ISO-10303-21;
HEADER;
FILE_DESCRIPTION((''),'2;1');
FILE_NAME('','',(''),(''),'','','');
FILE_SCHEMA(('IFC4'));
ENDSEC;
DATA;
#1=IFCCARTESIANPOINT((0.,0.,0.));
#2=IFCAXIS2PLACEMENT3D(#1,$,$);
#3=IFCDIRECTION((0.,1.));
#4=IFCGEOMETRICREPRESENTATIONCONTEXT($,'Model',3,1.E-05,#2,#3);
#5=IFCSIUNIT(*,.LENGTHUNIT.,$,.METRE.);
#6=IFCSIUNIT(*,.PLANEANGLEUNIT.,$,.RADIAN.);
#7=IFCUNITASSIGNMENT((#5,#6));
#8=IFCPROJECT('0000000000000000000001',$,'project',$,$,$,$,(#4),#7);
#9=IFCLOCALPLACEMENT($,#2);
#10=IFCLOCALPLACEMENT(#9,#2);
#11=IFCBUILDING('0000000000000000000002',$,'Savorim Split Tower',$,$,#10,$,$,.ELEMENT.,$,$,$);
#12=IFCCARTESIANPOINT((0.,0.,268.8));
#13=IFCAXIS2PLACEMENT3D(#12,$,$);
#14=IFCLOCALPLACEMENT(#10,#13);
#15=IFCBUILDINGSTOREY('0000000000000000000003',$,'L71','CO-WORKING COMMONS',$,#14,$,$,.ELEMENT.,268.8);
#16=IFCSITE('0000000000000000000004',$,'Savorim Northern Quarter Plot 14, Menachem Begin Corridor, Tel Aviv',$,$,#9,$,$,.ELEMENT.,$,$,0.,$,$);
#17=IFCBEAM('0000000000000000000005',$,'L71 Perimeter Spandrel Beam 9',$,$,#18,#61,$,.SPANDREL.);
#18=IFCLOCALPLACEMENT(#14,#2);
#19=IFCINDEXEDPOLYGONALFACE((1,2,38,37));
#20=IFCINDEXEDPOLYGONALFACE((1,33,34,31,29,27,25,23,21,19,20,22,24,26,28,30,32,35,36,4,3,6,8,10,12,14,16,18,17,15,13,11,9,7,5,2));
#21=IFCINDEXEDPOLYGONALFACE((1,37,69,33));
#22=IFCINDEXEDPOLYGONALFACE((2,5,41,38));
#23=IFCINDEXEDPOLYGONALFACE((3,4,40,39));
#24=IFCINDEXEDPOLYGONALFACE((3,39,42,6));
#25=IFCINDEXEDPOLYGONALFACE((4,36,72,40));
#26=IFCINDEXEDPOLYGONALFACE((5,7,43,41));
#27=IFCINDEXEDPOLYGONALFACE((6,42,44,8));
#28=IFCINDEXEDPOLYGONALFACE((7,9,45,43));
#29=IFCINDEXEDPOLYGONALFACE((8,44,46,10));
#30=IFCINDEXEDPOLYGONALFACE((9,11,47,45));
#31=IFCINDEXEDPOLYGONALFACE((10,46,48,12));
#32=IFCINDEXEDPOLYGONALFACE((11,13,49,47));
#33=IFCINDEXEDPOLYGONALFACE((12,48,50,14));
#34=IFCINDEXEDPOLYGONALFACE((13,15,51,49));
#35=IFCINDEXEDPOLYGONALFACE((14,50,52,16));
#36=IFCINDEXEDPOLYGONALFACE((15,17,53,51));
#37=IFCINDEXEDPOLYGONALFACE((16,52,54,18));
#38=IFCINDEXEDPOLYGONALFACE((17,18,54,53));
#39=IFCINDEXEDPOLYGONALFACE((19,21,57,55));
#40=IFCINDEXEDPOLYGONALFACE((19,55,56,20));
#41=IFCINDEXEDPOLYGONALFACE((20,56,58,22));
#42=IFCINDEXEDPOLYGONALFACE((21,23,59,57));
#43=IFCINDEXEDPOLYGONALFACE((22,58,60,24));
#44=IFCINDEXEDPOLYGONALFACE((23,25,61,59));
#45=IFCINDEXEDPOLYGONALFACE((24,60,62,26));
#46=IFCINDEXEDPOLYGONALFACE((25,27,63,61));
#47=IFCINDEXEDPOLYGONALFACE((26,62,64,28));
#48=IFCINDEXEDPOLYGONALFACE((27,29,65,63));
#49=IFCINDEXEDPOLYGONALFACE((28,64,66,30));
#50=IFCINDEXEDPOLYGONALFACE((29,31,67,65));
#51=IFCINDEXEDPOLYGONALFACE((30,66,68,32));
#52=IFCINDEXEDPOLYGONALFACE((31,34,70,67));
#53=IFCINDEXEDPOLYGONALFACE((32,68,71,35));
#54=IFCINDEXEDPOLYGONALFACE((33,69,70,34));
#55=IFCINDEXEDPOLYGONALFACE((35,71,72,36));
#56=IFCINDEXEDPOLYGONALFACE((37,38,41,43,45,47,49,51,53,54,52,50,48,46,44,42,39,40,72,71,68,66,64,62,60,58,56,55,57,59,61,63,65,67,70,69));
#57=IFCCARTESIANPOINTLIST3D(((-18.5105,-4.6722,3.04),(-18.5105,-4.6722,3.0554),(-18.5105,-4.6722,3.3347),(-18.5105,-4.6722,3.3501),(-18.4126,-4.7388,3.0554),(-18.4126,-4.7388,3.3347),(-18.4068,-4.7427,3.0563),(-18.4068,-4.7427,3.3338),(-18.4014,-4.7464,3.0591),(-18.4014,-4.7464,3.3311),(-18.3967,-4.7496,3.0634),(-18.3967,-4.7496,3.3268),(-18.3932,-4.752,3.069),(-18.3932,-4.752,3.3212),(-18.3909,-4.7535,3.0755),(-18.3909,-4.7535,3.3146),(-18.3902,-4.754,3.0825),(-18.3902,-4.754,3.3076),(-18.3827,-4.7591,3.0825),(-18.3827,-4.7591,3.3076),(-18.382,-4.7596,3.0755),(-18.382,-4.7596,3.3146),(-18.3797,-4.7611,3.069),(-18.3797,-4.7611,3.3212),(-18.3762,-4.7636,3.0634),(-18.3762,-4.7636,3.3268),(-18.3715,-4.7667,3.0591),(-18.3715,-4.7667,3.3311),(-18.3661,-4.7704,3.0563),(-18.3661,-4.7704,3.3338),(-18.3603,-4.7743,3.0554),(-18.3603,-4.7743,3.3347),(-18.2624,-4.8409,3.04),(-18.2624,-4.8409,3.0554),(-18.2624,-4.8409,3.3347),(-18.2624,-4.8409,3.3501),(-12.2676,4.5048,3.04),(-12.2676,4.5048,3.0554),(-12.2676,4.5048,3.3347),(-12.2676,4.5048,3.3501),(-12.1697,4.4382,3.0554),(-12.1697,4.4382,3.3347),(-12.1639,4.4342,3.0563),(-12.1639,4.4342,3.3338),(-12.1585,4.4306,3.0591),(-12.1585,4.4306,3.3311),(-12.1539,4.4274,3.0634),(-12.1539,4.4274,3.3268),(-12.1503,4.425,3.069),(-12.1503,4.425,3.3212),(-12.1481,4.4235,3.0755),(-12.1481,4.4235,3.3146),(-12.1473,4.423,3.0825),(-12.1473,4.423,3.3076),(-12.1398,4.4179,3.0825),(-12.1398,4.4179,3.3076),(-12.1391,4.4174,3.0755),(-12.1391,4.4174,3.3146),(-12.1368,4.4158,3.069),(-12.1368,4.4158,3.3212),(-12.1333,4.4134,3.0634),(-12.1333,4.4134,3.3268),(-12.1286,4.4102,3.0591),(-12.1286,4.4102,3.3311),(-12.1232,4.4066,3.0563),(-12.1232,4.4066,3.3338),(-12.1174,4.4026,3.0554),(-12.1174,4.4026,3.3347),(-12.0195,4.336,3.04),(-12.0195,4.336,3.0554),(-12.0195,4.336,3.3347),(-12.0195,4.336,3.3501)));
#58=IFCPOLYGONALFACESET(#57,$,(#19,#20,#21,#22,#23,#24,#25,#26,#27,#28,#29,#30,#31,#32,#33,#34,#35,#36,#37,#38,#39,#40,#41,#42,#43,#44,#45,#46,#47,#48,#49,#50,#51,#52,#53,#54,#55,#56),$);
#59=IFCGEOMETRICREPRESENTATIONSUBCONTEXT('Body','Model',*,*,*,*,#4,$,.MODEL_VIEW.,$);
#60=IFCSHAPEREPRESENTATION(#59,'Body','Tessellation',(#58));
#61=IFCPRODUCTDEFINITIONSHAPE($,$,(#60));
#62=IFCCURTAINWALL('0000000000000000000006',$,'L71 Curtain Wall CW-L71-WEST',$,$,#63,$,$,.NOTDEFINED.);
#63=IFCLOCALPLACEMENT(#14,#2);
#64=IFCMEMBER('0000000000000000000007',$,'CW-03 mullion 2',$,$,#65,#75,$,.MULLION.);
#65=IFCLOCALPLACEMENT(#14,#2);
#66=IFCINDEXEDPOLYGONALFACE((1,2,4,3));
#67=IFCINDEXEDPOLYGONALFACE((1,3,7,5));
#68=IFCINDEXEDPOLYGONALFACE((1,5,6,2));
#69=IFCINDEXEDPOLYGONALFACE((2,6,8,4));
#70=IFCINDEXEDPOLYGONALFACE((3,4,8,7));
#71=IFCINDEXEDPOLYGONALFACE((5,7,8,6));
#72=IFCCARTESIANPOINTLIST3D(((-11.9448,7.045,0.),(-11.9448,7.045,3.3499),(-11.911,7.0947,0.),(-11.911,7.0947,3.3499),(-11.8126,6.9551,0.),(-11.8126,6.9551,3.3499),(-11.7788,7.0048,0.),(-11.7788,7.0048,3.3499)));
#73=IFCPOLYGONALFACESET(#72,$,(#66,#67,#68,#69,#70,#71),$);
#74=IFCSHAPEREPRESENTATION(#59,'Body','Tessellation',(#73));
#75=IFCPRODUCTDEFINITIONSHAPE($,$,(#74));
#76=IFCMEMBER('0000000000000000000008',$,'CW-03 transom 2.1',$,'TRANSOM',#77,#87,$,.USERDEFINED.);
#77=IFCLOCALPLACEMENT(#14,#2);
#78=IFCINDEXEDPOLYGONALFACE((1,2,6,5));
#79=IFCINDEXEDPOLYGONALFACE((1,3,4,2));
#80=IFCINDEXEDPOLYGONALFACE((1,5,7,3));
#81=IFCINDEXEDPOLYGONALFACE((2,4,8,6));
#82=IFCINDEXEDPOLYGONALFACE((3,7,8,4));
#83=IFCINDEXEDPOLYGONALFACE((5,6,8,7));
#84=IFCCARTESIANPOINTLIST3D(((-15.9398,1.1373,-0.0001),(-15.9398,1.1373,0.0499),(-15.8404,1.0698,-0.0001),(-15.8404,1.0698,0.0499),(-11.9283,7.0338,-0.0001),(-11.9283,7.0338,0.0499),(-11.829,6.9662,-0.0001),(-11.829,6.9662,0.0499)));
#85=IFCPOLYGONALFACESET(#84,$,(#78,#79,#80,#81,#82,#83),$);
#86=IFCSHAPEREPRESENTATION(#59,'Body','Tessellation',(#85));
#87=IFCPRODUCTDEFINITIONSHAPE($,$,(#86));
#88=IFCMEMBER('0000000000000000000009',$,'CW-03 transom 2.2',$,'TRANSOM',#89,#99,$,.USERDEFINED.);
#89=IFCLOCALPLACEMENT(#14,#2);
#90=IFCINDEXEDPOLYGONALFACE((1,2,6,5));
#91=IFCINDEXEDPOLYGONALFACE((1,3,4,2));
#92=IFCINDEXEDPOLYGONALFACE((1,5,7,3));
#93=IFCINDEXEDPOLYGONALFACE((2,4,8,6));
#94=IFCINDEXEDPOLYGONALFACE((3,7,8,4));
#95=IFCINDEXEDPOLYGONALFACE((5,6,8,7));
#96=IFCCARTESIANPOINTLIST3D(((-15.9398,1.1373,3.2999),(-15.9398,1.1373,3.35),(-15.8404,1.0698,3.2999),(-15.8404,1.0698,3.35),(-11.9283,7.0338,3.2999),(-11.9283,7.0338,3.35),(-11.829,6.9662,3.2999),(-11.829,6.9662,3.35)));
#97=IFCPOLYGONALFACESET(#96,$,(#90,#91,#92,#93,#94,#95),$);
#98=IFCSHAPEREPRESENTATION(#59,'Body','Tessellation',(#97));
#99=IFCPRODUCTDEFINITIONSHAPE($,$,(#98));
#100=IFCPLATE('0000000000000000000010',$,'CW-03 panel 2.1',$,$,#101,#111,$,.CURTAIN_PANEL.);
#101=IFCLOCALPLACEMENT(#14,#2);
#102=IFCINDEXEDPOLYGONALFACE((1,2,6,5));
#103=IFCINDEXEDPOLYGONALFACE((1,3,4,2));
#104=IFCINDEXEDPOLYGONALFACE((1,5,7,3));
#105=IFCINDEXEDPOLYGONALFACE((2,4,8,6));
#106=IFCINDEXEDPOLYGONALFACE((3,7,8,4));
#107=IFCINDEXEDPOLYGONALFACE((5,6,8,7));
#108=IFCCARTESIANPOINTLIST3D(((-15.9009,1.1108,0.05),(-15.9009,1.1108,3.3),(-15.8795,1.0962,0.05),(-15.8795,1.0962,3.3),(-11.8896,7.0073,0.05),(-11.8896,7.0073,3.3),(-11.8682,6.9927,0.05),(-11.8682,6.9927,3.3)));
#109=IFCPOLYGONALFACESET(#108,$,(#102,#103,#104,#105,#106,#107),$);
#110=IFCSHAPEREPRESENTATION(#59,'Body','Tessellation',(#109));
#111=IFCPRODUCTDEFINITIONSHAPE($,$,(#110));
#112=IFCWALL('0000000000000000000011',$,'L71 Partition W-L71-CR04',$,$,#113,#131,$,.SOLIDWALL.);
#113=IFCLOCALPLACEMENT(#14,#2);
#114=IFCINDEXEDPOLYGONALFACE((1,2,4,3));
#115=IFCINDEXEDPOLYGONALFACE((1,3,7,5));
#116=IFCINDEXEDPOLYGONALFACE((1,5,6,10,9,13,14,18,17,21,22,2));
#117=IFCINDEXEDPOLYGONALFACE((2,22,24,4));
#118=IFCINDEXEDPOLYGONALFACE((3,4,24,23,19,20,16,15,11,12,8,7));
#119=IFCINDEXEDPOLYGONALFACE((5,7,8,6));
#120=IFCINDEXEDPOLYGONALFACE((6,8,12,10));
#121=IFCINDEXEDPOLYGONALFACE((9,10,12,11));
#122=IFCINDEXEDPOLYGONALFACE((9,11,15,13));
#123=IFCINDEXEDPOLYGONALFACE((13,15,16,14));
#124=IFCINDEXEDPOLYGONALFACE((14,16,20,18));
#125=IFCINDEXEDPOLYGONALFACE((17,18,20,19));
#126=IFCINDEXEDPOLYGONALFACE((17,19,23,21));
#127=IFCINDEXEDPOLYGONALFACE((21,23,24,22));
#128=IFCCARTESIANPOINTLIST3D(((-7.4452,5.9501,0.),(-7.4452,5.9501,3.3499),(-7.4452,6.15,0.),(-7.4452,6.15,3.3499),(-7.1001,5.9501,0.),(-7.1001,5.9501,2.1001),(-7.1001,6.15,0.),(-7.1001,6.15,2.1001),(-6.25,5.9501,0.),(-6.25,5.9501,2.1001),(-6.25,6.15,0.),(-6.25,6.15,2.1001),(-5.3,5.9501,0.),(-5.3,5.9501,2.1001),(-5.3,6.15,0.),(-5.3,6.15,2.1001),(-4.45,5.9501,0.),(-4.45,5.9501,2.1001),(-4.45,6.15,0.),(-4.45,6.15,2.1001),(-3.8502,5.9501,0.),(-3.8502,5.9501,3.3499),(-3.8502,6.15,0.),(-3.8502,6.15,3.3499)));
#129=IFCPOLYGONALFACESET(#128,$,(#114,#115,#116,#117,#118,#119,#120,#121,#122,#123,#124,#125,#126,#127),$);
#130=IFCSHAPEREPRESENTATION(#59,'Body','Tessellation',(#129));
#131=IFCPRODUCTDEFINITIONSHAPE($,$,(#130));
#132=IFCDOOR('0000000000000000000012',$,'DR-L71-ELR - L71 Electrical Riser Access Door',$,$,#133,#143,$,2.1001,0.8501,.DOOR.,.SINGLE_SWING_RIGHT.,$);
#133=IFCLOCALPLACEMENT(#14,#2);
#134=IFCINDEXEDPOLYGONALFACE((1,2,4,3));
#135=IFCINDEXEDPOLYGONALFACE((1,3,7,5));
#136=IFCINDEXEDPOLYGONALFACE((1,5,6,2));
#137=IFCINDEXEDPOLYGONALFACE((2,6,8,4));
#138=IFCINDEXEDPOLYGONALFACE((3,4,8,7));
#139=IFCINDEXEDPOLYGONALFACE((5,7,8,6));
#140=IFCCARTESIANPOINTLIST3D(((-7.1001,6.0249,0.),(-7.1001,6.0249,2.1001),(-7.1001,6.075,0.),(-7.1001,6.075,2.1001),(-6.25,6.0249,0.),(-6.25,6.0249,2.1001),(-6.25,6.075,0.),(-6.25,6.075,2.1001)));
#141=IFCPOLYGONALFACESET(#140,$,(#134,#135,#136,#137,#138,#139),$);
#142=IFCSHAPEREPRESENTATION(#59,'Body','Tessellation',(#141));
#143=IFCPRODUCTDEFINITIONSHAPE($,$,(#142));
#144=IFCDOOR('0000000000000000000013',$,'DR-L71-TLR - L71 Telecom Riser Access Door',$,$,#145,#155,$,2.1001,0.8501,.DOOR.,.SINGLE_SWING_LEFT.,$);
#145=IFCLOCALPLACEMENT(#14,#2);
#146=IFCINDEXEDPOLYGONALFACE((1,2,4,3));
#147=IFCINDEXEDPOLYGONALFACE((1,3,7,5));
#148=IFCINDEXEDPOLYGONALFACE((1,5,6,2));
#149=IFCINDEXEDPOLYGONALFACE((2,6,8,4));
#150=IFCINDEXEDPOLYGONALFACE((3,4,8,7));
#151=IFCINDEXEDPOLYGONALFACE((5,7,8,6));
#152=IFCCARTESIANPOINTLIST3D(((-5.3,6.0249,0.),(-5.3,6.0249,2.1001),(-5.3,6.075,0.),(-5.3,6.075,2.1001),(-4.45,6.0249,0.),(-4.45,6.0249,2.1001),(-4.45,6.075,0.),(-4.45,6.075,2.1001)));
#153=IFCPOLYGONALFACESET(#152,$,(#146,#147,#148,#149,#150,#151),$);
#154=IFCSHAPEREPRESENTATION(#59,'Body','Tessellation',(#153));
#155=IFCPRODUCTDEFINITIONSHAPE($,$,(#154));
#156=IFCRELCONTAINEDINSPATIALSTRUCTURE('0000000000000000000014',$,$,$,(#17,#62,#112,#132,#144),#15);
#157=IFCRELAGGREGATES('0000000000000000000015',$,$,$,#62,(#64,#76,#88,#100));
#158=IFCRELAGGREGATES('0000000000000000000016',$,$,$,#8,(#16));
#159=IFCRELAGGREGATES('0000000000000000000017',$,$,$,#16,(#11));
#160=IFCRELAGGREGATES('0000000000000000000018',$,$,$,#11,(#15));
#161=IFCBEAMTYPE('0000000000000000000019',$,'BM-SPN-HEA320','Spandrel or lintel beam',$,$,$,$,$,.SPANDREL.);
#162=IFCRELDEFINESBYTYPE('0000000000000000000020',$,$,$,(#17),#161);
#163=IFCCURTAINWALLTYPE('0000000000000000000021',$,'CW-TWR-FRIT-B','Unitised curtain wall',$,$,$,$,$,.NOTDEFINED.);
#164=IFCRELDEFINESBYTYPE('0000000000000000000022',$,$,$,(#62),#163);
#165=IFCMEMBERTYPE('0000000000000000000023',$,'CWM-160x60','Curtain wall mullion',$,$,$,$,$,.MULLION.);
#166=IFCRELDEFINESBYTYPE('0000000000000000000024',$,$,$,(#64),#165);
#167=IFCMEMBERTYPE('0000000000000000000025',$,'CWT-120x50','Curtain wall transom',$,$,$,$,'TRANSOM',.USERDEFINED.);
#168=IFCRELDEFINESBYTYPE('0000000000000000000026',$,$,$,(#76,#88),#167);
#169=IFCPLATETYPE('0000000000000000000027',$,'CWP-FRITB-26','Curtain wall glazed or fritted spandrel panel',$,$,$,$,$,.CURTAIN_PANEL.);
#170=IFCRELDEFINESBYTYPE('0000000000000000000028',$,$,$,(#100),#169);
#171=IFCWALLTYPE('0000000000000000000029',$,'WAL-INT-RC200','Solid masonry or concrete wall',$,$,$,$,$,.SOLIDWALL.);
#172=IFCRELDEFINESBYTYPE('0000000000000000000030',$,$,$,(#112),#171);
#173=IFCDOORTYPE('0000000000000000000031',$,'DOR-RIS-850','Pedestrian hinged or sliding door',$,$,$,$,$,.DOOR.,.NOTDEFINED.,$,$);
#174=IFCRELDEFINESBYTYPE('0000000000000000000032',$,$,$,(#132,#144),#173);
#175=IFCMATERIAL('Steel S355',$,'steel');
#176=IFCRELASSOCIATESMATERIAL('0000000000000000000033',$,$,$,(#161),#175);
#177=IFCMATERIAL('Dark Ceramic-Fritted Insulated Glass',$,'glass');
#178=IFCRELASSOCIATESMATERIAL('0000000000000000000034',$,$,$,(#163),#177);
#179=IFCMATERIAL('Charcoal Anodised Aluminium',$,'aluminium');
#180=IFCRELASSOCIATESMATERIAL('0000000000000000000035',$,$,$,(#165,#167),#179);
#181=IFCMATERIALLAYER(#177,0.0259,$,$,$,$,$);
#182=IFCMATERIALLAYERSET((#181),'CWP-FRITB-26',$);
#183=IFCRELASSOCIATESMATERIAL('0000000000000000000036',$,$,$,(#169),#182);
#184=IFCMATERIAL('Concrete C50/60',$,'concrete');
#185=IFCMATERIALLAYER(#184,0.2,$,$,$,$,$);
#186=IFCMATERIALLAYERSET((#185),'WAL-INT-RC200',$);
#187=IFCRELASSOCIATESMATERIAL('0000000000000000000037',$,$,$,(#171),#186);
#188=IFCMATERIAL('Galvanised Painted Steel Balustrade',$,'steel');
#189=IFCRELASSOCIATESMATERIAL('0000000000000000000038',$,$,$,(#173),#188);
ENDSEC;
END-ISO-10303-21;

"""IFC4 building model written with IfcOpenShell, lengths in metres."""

from ifc_helpers import new_model, si_unit, direction, frame, frame_2d, origin, origin_2d, place, context, subcontext, project, spatial, rectangle, i_section, extrude, material, layer, layer_set, material_profile, profile_set, type_object, element, fill, aggregate, save


model = new_model("IFC4")

# Units and contexts
model_context = context("Model", 3, precision=1e-05, world=origin(), true_north=direction((0.0, 1.0)))
body_context = subcontext(model_context, "Body", "Model", "MODEL_VIEW")
ifc_project = project(units=[si_unit("LENGTHUNIT", "METRE"), si_unit("PLANEANGLEUNIT", "RADIAN")], contexts=[model_context])

# Site, building, storey
site_placement = place(None, origin())
site = spatial("IfcSite", under=ifc_project, at=site_placement, Name="Savorim Northern Quarter Plot 14, Menachem Begin Corridor, Tel Aviv", CompositionType="ELEMENT", RefElevation=0.0)
building_placement = place(site_placement, origin())
building = spatial("IfcBuilding", under=site, at=building_placement, Name="Savorim Split Tower", CompositionType="ELEMENT")
storey_placement = place(building_placement, frame((0.0, 0.0, 268.8)))
storey = spatial("IfcBuildingStorey", under=building, at=storey_placement, Name="L71", Description="CO-WORKING COMMONS", CompositionType="ELEMENT", Elevation=268.8)

# Shared definitions
ifc_material_1 = material(Name="Steel S355", Category="steel")

# Beam
ifc_material_profile_1 = material_profile(ifc_material_1, i_section(OverallWidth=0.3, OverallDepth=0.3101, WebThickness=0.009, FlangeThickness=0.0154, FilletRadius=0.0271, at=origin_2d()), Name="HEA 320")
ifc_profile_set_1 = profile_set([ifc_material_profile_1], Name="Steel S355")
beam_type_1 = type_object("IfcBeamType", Name="BM-SPN-HEA320", Description="Spandrel or lintel beam", PredefinedType="SPANDREL", material=ifc_profile_set_1)
beam_1_placement = place(storey_placement, frame((-12.1436, 4.4204, 3.1951), z_axis=(-0.562468, -0.826819, 0.0), x_axis=(0.826819, -0.562468, 0.0)))
element("IfcBeam", 1, at=beam_1_placement, inside=storey, type_object=beam_type_1, Name="L71 Perimeter Spandrel Beam 9", PredefinedType="SPANDREL", context=body_context, shape_type="SweptSolid", body=[
    extrude(i_section(OverallWidth=0.3, OverallDepth=0.3101, WebThickness=0.009, FlangeThickness=0.0154, FilletRadius=0.0271, at=origin_2d()), origin(), (0.0, 0.0, 1.0), 11.0991),
])

# Curtain wall, members, plate
ifc_material_2 = material(Name="Dark Ceramic-Fritted Insulated Glass", Category="glass")
curtain_wall_type = type_object("IfcCurtainWallType", Name="CW-TWR-FRIT-B", Description="Unitised curtain wall", PredefinedType="NOTDEFINED", material=ifc_material_2)
curtain_wall_placement = place(storey_placement, origin())
curtain_wall = element("IfcCurtainWall", 2, at=curtain_wall_placement, inside=storey, type_object=curtain_wall_type, Name="L71 Curtain Wall CW-L71-WEST", PredefinedType="NOTDEFINED")
ifc_material_3 = material(Name="Charcoal Anodised Aluminium", Category="aluminium")
ifc_material_profile_2 = material_profile(ifc_material_3, rectangle(XDim=0.1599, YDim=0.0601, at=origin_2d()), Name="ALU-M 160x60")
ifc_profile_set_2 = profile_set([ifc_material_profile_2], Name="Charcoal Anodised Aluminium")
member_type_1 = type_object("IfcMemberType", Name="CWM-160x60", Description="Curtain wall mullion", PredefinedType="MULLION", material=ifc_profile_set_2)
member_1_placement = place(storey_placement, frame((-11.8618, 7.0249, 0.0), z_axis=(0.0, 0.0, 1.0), x_axis=(0.826817, -0.56247, 0.0)))
member_1 = element("IfcMember", 3, at=member_1_placement, type_object=member_type_1, Name="CW-03 mullion 2", PredefinedType="MULLION", context=body_context, shape_type="SweptSolid", body=[
    extrude(rectangle(XDim=0.1599, YDim=0.0601, at=origin_2d()), origin(), (0.0, 0.0, 1.0), 3.3499),
])
ifc_material_profile_3 = material_profile(ifc_material_3, rectangle(XDim=0.1201, YDim=0.05, at=origin_2d()), Name="ALU-T 120x50")
ifc_profile_set_3 = profile_set([ifc_material_profile_3], Name="Charcoal Anodised Aluminium")
member_type_2 = type_object("IfcMemberType", Name="CWT-120x50", Description="Curtain wall transom", ElementType="TRANSOM", PredefinedType="USERDEFINED", material=ifc_profile_set_3)
member_2_placement = place(storey_placement, frame((-11.8787, 7.0, 0.0249), z_axis=(-0.562489, -0.826805, 0.0), x_axis=(0.826805, -0.562489, 0.0)))
member_2 = element("IfcMember", 4, at=member_2_placement, type_object=member_type_2, Name="CW-03 transom 2.1", ObjectType="TRANSOM", PredefinedType="USERDEFINED", context=body_context, shape_type="SweptSolid", body=[
    extrude(rectangle(XDim=0.1201, YDim=0.05, at=origin_2d()), origin(), (0.0, 0.0, 1.0), 7.1316),
])
member_3_placement = place(storey_placement, frame((-11.8787, 7.0, 3.325), z_axis=(-0.562489, -0.826805, 0.0), x_axis=(0.826805, -0.562489, 0.0)))
member_3 = element("IfcMember", 5, at=member_3_placement, type_object=member_type_2, Name="CW-03 transom 2.2", ObjectType="TRANSOM", PredefinedType="USERDEFINED", context=body_context, shape_type="SweptSolid", body=[
    extrude(rectangle(XDim=0.1201, YDim=0.05, at=origin_2d()), origin(), (0.0, 0.0, 1.0), 7.1316),
])
ifc_layer_1 = layer(ifc_material_2, 0.0259)
ifc_layer_set_1 = layer_set([ifc_layer_1], Name="CWP-FRITB-26")
plate_type = type_object("IfcPlateType", Name="CWP-FRITB-26", Description="Curtain wall glazed or fritted spandrel panel", PredefinedType="CURTAIN_PANEL", material=ifc_layer_set_1)
plate_placement = place(storey_placement, frame((-13.8845, 4.0518, 0.05), z_axis=(0.0, 0.0, 1.0), x_axis=(-0.56247, -0.826817, 0.0)))
plate = element("IfcPlate", 6, at=plate_placement, type_object=plate_type, Name="CW-03 panel 2.1", PredefinedType="CURTAIN_PANEL", context=body_context, shape_type="SweptSolid", body=[
    extrude(rectangle(XDim=7.1316, YDim=0.0259, at=origin_2d()), origin(), (0.0, 0.0, 1.0), 3.25),
])
aggregate(curtain_wall, [member_1, member_2, member_3, plate])

# Wall, openings, doors
ifc_material_4 = material(Name="Concrete C50/60", Category="concrete")
ifc_layer_2 = layer(ifc_material_4, 0.2)
ifc_layer_set_2 = layer_set([ifc_layer_2], Name="WAL-INT-RC200")
wall_type_1 = type_object("IfcWallType", Name="WAL-INT-RC200", Description="Solid masonry or concrete wall", PredefinedType="SOLIDWALL", material=ifc_layer_set_2)
wall_1_placement = place(storey_placement, frame((-7.4451, 6.05, 0.0), z_axis=(0.0, 0.0, 1.0), x_axis=(1.0, 0.0, 0.0)))
wall_1 = element("IfcWall", 7, at=wall_1_placement, inside=storey, type_object=wall_type_1, Name="L71 Partition W-L71-CR04", PredefinedType="SOLIDWALL", context=body_context, shape_type="SweptSolid", body=[
    extrude(rectangle(XDim=3.595, YDim=0.2, at=frame_2d((1.7974, 0.0))), origin(), (0.0, 0.0, 1.0), 3.3499),
])
opening_1_placement = place(wall_1_placement, frame((0.345, 0.0, 0.0)))
opening_1 = element("IfcOpeningElement", 8, at=opening_1_placement, cuts=wall_1, PredefinedType="OPENING", context=body_context, shape_type="SweptSolid", body=[
    extrude(rectangle(XDim=0.8501, YDim=2.1001, at=frame_2d((0.425, 1.05))), frame((0.0, 0.1099, 0.0), z_axis=(0.0, -1.0, 0.0), x_axis=(1.0, 0.0, 0.0)), (0.0, 0.0, 1.0), 0.22),
])
opening_2_placement = place(wall_1_placement, frame((2.145, 0.0, 0.0)))
opening_2 = element("IfcOpeningElement", 9, at=opening_2_placement, cuts=wall_1, PredefinedType="OPENING", context=body_context, shape_type="SweptSolid", body=[
    extrude(rectangle(XDim=0.8501, YDim=2.1001, at=frame_2d((0.425, 1.05))), frame((0.0, 0.1099, 0.0), z_axis=(0.0, -1.0, 0.0), x_axis=(1.0, 0.0, 0.0)), (0.0, 0.0, 1.0), 0.22),
])
ifc_material_5 = material(Name="Galvanised Painted Steel Balustrade", Category="steel")
door_type_1 = type_object("IfcDoorType", Name="DOR-RIS-850", Description="Pedestrian hinged or sliding door", OperationType="NOTDEFINED", PredefinedType="DOOR", material=ifc_material_5)
door_1_placement = place(opening_1_placement, origin())
door_1 = element("IfcDoor", 10, at=door_1_placement, inside=storey, type_object=door_type_1, Name="DR-L71-ELR - L71 Electrical Riser Access Door", OperationType="SINGLE_SWING_RIGHT", OverallHeight=2.1001, OverallWidth=0.8501, PredefinedType="DOOR", context=body_context, shape_type="SweptSolid", body=[
    extrude(rectangle(XDim=0.8501, YDim=2.1001, at=frame_2d((0.425, 1.05))), frame((0.0, 0.0249, 0.0), z_axis=(0.0, -1.0, 0.0), x_axis=(1.0, 0.0, 0.0)), (0.0, 0.0, 1.0), 0.05),
])
fill(opening_1, door_1)
door_2_placement = place(opening_2_placement, origin())
door_2 = element("IfcDoor", 11, at=door_2_placement, inside=storey, type_object=door_type_1, Name="DR-L71-TLR - L71 Telecom Riser Access Door", OperationType="SINGLE_SWING_LEFT", OverallHeight=2.1001, OverallWidth=0.8501, PredefinedType="DOOR", context=body_context, shape_type="SweptSolid", body=[
    extrude(rectangle(XDim=0.8501, YDim=2.1001, at=frame_2d((0.425, 1.05))), frame((0.0, 0.0249, 0.0), z_axis=(0.0, -1.0, 0.0), x_axis=(1.0, 0.0, 0.0)), (0.0, 0.0, 1.0), 0.05),
])
fill(opening_2, door_2)

save(model, "model.ifc")
